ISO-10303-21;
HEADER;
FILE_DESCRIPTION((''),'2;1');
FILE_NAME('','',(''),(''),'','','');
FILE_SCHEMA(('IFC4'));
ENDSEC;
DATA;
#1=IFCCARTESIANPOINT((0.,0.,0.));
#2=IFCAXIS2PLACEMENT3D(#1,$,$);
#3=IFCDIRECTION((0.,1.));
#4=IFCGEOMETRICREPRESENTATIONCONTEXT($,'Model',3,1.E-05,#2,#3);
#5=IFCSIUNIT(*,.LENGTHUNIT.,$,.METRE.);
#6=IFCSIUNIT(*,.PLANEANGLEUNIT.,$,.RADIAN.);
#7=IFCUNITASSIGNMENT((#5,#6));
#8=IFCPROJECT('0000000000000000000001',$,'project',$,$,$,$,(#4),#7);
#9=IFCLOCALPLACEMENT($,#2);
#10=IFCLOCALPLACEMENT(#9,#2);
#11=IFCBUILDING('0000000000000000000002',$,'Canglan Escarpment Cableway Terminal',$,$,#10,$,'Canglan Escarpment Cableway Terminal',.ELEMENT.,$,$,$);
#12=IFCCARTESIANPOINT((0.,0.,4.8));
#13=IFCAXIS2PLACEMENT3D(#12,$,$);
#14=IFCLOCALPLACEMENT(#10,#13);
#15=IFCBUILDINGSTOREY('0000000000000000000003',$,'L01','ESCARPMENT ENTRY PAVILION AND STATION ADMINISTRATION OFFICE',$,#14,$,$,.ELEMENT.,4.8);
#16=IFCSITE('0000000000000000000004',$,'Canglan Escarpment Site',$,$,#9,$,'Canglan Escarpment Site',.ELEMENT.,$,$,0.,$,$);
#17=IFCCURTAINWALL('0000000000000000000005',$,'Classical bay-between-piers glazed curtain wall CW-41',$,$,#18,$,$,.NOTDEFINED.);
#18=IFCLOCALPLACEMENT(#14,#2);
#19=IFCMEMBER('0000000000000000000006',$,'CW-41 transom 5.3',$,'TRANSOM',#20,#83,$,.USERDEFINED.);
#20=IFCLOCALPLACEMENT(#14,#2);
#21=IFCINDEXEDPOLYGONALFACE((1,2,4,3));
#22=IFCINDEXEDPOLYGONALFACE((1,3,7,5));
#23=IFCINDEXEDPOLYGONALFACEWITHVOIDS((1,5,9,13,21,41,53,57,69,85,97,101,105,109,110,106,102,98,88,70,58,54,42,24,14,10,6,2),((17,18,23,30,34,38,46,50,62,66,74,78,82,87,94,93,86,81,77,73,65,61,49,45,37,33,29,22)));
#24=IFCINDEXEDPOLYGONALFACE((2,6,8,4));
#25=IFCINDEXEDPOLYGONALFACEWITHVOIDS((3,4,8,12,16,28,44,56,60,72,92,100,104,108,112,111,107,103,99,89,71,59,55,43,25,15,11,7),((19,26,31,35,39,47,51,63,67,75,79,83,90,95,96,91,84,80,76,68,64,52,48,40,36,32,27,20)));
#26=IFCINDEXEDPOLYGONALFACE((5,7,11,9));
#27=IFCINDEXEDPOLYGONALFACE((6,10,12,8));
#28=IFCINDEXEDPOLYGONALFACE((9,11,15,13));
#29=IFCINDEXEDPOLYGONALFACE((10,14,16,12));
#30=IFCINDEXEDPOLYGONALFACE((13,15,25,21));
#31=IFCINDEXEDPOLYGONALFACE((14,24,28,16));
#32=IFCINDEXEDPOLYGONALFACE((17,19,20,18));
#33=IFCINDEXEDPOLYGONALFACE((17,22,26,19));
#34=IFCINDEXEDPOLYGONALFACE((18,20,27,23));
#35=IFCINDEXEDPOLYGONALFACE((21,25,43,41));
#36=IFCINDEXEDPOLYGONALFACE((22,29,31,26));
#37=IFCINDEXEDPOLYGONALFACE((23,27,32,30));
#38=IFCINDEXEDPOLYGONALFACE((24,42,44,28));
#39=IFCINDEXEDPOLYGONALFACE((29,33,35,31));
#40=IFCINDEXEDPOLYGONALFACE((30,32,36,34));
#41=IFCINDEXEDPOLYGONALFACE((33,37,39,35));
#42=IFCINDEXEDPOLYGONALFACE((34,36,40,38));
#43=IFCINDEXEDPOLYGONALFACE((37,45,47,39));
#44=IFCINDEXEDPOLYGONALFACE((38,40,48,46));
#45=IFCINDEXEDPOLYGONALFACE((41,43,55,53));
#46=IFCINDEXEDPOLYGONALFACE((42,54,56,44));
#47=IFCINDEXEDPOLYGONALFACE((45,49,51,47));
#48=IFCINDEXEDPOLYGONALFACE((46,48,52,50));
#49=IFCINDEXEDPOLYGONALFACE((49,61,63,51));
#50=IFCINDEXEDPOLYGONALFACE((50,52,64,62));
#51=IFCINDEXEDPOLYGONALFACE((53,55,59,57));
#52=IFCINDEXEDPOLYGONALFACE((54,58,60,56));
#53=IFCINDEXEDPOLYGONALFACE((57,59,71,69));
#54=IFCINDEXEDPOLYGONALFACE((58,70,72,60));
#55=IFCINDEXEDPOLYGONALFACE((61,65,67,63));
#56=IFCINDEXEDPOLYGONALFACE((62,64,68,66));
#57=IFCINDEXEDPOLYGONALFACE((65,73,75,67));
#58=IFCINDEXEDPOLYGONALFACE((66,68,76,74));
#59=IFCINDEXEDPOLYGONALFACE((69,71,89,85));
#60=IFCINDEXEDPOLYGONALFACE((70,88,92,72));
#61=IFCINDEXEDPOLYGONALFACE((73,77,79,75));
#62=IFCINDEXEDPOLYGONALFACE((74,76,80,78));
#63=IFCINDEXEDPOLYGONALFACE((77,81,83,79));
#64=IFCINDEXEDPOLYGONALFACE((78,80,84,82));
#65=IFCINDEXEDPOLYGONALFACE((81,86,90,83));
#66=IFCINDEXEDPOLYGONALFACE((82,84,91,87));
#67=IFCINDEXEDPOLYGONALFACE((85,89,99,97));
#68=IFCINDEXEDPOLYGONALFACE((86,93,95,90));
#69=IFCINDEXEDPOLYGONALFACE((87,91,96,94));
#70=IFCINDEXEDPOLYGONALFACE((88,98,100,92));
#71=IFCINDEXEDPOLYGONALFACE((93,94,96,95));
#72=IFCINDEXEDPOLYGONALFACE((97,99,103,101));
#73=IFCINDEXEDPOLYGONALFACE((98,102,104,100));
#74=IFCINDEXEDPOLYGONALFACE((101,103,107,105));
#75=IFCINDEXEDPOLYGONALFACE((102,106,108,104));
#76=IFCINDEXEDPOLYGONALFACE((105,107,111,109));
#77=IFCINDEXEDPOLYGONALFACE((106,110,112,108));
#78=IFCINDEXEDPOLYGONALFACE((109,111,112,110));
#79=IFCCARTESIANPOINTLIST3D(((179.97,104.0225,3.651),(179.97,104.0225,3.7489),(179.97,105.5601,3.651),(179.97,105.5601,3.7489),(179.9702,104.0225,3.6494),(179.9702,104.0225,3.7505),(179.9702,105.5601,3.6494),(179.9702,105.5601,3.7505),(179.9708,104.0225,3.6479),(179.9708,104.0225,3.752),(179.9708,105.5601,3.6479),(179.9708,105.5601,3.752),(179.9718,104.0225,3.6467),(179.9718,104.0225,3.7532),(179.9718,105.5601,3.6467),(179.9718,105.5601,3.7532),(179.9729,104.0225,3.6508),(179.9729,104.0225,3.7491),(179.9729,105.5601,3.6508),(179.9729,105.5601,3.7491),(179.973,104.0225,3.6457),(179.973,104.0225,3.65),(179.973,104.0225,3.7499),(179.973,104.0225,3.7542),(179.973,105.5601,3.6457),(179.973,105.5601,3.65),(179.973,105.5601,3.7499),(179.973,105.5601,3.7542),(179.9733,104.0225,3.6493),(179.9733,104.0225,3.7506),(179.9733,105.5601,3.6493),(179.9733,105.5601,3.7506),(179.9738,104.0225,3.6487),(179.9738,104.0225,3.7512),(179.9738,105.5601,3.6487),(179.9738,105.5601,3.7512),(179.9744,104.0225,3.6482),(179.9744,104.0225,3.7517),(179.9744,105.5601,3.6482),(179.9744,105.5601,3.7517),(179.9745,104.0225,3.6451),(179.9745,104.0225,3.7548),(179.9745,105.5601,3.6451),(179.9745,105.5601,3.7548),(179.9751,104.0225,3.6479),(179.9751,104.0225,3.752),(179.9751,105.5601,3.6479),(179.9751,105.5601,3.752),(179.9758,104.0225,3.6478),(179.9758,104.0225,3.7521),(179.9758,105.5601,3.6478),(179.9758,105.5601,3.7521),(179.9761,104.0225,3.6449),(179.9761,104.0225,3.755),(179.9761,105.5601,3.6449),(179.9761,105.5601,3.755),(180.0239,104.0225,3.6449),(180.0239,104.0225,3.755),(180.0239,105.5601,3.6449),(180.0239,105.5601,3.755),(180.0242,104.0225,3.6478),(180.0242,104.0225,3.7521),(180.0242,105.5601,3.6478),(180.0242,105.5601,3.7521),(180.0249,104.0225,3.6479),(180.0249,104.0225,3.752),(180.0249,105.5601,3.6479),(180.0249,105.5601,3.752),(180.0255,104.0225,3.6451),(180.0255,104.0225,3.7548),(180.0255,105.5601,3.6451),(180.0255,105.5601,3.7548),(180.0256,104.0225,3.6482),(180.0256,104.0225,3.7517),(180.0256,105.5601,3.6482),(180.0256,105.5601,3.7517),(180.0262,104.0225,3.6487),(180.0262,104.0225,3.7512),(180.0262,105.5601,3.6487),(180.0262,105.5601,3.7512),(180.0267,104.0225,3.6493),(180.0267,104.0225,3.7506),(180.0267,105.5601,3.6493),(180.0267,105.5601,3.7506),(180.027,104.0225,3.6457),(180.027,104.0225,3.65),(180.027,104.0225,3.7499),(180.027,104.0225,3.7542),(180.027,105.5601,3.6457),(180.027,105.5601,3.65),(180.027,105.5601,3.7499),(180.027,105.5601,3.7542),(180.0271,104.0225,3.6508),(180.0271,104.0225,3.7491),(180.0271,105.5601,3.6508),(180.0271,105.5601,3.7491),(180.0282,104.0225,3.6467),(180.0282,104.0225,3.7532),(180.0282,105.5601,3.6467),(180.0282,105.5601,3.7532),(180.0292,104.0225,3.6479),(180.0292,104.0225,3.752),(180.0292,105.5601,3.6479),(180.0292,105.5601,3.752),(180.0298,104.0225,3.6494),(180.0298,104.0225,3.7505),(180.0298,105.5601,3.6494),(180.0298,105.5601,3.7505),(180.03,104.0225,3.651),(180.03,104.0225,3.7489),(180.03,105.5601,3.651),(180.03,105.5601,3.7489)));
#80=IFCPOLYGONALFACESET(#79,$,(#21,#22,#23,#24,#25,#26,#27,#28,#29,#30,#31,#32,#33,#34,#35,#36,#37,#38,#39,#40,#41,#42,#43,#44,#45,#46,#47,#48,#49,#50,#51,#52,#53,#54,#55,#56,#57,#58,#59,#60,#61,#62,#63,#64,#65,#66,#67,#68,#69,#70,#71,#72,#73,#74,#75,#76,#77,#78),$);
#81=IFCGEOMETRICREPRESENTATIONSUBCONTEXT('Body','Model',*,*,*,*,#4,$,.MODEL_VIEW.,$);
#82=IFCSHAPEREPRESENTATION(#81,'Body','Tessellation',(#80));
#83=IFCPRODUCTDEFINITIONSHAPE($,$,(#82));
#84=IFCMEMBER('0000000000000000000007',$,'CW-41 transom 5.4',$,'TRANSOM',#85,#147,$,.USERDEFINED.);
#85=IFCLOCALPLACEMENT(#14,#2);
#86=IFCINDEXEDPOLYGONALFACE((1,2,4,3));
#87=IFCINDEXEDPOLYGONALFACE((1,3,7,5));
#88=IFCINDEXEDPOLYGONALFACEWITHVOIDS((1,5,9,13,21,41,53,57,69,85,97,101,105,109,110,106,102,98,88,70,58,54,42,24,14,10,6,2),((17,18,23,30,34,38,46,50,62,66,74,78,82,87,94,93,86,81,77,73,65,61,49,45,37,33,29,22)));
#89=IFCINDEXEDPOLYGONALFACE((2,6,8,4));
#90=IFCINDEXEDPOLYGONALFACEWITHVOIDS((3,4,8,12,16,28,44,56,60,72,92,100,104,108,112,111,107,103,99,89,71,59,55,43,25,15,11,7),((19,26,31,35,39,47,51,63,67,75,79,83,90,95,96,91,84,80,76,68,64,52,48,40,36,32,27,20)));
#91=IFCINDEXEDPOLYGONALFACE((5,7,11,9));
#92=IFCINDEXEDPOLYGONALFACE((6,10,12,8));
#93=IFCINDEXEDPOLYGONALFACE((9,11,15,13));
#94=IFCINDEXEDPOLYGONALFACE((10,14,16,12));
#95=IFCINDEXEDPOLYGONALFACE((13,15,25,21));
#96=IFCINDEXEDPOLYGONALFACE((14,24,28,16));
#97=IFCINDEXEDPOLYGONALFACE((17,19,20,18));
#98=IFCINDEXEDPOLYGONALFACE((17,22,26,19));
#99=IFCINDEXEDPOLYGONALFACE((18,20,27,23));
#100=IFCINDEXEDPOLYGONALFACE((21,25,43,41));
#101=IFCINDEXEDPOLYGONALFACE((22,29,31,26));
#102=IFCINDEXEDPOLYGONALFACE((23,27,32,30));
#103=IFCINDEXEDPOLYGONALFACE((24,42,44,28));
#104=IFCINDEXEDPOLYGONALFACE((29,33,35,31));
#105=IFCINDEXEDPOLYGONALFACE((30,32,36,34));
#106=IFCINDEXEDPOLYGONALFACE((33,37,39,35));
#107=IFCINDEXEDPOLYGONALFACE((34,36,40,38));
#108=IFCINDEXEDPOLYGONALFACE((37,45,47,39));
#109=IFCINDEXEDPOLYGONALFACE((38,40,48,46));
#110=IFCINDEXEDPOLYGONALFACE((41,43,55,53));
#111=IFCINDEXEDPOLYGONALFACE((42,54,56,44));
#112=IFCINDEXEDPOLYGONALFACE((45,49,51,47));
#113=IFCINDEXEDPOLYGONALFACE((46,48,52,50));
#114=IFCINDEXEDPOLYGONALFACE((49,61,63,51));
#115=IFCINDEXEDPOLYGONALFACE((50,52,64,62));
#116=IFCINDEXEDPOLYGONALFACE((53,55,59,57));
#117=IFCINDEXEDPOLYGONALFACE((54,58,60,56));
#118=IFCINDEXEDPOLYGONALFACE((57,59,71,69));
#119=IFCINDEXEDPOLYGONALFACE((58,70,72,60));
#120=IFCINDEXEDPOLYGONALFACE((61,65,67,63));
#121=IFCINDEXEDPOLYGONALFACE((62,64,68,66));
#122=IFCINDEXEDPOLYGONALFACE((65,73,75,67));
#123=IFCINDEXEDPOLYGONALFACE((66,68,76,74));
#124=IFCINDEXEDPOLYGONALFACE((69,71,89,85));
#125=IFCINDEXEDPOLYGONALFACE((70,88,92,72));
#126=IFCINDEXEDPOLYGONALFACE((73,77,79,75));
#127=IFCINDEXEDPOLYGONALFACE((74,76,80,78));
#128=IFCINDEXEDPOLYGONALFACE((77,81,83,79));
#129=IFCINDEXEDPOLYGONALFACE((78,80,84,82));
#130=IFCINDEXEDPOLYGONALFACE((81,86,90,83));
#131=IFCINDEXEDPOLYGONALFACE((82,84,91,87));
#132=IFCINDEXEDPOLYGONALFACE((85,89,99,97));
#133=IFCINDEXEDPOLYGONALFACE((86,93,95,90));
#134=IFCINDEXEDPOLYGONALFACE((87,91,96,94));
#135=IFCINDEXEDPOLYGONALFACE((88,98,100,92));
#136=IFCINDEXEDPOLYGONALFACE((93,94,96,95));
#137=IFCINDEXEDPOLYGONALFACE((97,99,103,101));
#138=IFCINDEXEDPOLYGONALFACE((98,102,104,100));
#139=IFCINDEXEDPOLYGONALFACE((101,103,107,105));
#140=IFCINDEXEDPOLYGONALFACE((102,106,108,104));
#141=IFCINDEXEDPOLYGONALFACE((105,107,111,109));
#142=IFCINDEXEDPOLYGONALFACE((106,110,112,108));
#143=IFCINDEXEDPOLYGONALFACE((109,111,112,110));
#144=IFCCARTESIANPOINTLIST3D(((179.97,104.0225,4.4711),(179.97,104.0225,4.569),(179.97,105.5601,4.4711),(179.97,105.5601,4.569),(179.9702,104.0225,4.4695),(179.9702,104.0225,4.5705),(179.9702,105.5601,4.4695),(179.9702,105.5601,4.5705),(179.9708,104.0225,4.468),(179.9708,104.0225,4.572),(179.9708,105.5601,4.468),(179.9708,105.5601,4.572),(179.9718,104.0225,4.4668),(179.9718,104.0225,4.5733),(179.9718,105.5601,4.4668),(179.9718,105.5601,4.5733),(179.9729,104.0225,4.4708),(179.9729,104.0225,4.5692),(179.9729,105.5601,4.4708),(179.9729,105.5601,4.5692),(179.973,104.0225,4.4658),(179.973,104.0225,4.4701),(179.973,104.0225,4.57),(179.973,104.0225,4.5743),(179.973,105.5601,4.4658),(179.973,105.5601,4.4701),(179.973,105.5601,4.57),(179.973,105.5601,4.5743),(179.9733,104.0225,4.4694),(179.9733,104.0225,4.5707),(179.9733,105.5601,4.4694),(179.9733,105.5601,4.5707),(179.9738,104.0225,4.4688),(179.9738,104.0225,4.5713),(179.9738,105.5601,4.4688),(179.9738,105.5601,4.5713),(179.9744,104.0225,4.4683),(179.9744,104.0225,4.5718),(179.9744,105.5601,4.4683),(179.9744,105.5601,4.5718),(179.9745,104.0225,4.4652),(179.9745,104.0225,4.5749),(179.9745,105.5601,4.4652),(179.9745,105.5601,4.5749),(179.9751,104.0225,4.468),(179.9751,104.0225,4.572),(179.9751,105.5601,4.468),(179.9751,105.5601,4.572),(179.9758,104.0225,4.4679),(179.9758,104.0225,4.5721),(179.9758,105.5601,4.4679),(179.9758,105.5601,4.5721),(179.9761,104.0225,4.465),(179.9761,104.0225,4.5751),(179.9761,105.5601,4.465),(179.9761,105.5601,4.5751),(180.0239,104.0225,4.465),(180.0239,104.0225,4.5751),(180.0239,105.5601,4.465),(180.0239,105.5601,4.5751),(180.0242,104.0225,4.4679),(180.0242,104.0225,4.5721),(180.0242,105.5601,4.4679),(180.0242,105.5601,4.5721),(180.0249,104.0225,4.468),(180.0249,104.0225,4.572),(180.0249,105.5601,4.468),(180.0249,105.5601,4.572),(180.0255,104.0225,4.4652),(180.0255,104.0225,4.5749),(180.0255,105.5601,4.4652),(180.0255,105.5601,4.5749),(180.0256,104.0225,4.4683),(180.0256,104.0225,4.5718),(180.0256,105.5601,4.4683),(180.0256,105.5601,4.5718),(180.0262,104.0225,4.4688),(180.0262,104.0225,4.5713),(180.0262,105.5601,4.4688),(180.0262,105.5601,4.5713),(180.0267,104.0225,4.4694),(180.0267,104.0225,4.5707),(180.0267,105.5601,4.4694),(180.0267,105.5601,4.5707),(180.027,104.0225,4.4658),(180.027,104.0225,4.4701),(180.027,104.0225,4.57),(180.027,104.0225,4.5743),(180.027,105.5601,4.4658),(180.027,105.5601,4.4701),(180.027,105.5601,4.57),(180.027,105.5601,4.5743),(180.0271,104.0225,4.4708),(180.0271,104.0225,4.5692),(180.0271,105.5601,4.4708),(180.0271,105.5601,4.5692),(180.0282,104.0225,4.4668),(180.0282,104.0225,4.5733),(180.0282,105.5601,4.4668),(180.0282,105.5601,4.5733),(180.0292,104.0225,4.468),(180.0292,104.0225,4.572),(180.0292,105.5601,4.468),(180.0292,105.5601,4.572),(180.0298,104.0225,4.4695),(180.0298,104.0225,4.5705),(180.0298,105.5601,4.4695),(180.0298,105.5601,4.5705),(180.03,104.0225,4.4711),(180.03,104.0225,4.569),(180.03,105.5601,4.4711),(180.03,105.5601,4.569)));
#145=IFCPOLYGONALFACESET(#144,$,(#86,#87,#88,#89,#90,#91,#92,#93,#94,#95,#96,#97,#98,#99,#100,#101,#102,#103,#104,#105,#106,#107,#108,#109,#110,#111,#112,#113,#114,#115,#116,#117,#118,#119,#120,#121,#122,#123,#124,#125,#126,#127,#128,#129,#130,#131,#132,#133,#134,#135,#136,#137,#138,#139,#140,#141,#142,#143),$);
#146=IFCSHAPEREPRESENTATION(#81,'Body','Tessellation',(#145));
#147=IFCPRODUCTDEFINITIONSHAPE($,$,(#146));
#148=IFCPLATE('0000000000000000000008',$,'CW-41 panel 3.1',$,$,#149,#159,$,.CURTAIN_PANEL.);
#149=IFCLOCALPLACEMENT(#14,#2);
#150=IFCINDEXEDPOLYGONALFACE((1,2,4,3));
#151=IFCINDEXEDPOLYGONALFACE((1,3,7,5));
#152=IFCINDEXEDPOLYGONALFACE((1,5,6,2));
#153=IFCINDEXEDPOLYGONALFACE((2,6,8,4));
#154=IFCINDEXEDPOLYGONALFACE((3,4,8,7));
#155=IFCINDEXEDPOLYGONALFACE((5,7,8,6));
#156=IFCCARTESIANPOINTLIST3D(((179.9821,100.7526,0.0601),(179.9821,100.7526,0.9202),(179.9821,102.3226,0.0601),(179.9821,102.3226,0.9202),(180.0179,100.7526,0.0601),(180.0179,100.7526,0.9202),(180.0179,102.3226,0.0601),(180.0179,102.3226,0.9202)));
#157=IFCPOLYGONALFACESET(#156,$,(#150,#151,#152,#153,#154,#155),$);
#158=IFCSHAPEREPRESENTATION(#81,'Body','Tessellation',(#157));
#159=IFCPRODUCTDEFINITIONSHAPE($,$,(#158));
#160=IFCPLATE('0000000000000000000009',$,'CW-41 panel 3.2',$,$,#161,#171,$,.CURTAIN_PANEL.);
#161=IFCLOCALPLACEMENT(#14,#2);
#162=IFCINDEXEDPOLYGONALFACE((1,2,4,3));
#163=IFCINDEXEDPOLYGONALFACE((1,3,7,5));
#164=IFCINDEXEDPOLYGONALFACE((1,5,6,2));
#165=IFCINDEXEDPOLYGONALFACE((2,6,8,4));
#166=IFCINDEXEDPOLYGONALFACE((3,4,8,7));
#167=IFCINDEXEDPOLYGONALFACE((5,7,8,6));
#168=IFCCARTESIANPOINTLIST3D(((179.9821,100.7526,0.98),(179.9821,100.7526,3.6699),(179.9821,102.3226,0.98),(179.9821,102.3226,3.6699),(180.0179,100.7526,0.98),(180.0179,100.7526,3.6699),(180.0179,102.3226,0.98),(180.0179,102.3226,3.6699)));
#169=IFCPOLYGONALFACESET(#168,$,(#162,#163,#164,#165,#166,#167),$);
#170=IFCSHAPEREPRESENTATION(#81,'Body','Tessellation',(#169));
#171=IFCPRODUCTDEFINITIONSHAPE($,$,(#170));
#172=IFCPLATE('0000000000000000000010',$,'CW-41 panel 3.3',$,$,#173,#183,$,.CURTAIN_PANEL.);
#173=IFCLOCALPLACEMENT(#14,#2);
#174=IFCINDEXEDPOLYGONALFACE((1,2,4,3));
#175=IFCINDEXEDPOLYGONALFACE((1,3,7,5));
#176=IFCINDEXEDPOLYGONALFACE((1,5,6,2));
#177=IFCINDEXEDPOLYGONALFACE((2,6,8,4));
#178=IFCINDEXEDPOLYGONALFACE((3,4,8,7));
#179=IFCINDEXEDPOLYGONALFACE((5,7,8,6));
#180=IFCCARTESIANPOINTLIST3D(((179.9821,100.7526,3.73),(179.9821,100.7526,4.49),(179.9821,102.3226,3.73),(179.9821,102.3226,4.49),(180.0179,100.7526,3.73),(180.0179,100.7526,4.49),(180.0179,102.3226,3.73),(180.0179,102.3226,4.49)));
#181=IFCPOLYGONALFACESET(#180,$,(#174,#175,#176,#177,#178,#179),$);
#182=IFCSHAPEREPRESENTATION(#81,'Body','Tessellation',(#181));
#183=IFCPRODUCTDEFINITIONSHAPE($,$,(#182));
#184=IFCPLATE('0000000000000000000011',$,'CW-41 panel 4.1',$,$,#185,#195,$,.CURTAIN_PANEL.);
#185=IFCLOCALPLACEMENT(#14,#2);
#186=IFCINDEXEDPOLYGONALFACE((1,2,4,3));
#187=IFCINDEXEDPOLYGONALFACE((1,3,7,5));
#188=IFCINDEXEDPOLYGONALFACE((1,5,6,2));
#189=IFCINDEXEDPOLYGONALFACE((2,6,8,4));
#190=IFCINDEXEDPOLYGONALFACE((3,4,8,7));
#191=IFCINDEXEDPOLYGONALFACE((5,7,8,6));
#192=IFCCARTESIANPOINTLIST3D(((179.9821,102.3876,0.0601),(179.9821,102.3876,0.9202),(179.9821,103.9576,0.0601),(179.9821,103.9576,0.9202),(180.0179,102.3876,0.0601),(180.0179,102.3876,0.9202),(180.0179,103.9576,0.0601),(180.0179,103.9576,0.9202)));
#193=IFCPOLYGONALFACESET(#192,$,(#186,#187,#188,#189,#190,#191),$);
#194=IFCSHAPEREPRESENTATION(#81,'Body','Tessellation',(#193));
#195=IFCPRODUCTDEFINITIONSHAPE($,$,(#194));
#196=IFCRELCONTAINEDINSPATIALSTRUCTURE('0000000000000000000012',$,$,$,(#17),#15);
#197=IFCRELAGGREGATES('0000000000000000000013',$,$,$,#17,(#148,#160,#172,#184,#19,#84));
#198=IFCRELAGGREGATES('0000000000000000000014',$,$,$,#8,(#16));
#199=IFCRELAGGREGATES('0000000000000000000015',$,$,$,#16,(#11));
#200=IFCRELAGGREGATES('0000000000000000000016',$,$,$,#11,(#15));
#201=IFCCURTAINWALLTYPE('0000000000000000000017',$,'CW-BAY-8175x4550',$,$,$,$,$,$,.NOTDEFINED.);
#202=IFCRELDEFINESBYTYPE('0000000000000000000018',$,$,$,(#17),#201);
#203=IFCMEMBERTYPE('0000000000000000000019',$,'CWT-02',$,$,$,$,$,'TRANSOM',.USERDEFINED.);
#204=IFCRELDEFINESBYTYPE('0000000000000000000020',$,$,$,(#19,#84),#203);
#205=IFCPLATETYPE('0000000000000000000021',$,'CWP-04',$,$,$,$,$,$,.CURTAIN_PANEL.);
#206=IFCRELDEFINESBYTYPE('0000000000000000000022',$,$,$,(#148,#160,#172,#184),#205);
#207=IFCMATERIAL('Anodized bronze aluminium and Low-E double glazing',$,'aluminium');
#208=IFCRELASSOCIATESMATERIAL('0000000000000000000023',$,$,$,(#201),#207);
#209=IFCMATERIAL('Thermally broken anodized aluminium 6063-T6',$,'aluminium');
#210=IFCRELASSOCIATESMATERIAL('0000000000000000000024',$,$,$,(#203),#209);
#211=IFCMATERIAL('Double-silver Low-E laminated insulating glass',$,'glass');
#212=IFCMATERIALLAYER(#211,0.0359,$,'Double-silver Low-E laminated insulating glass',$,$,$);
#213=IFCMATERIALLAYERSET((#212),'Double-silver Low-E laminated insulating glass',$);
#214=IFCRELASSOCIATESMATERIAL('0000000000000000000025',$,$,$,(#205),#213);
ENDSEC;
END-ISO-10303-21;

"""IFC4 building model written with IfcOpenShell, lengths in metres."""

from ifc_helpers import new_model, si_unit, direction, frame, origin, origin_2d, place, context, subcontext, project, spatial, rectangle, hollow_rectangle, extrude, material, layer, layer_set, material_profile, profile_set, type_object, element, aggregate, save


model = new_model("IFC4")

# Units and contexts
model_context = context("Model", 3, precision=1e-05, world=origin(), true_north=direction((0.0, 1.0)))
body_context = subcontext(model_context, "Body", "Model", "MODEL_VIEW")
ifc_project = project(units=[si_unit("LENGTHUNIT", "METRE"), si_unit("PLANEANGLEUNIT", "RADIAN")], contexts=[model_context])

# Site, building, storey
site_placement = place(None, origin())
site = spatial("IfcSite", under=ifc_project, at=site_placement, Name="Canglan Escarpment Site", LongName="Canglan Escarpment Site", CompositionType="ELEMENT", RefElevation=0.0)
building_placement = place(site_placement, origin())
building = spatial("IfcBuilding", under=site, at=building_placement, Name="Canglan Escarpment Cableway Terminal", LongName="Canglan Escarpment Cableway Terminal", CompositionType="ELEMENT")
storey_placement = place(building_placement, frame((0.0, 0.0, 4.8)))
storey = spatial("IfcBuildingStorey", under=building, at=storey_placement, Name="L01", Description="ESCARPMENT ENTRY PAVILION AND STATION ADMINISTRATION OFFICE", CompositionType="ELEMENT", Elevation=4.8)

# Curtain wall, members, plates
ifc_material_1 = material(Name="Anodized bronze aluminium and Low-E double glazing", Category="aluminium")
curtain_wall_type = type_object("IfcCurtainWallType", Name="CW-BAY-8175x4550", PredefinedType="NOTDEFINED", material=ifc_material_1)
curtain_wall_placement = place(storey_placement, origin())
curtain_wall = element("IfcCurtainWall", 1, at=curtain_wall_placement, inside=storey, type_object=curtain_wall_type, Name="Classical bay-between-piers glazed curtain wall CW-41", PredefinedType="NOTDEFINED")
ifc_material_2 = material(Name="Thermally broken anodized aluminium 6063-T6", Category="aluminium")
ifc_material_profile_1 = material_profile(ifc_material_2, hollow_rectangle(XDim=0.0601, YDim=0.1101, WallThickness=0.0029, InnerFilletRadius=0.0029, OuterFilletRadius=0.0061, at=origin_2d()), Name="ALU-TRAN 60x110x3")
ifc_profile_set_1 = profile_set([ifc_material_profile_1], Name="Thermally broken anodized aluminium 6063-T6")
member_type_1 = type_object("IfcMemberType", Name="CWT-02", ElementType="TRANSOM", PredefinedType="USERDEFINED", material=ifc_profile_set_1)
member_1_placement = place(storey_placement, frame((180.0, 104.0225, 3.7), z_axis=(0.0, 1.0, 0.0), x_axis=(-1.0, 0.0, 0.0)))
member_1 = element("IfcMember", 2, at=member_1_placement, type_object=member_type_1, Name="CW-41 transom 5.3", ObjectType="TRANSOM", PredefinedType="USERDEFINED", context=body_context, shape_type="SweptSolid", body=[
    extrude(hollow_rectangle(XDim=0.0601, YDim=0.1101, WallThickness=0.0029, InnerFilletRadius=0.0029, OuterFilletRadius=0.0061, at=origin_2d()), origin(), (0.0, 0.0, 1.0), 1.5376),
])
member_2_placement = place(storey_placement, frame((180.0, 104.0225, 4.52), z_axis=(0.0, 1.0, 0.0), x_axis=(-1.0, 0.0, 0.0)))
member_2 = element("IfcMember", 3, at=member_2_placement, type_object=member_type_1, Name="CW-41 transom 5.4", ObjectType="TRANSOM", PredefinedType="USERDEFINED", context=body_context, shape_type="SweptSolid", body=[
    extrude(hollow_rectangle(XDim=0.0601, YDim=0.1101, WallThickness=0.0029, InnerFilletRadius=0.0029, OuterFilletRadius=0.0061, at=origin_2d()), origin(), (0.0, 0.0, 1.0), 1.5376),
])
ifc_material_3 = material(Name="Double-silver Low-E laminated insulating glass", Category="glass")
ifc_layer = layer(ifc_material_3, 0.0359, Name="Double-silver Low-E laminated insulating glass")
ifc_layer_set = layer_set([ifc_layer], Name="Double-silver Low-E laminated insulating glass")
plate_type = type_object("IfcPlateType", Name="CWP-04", PredefinedType="CURTAIN_PANEL", material=ifc_layer_set)
plate_1_placement = place(storey_placement, frame((180.0, 101.5376, 0.0601), z_axis=(0.0, 0.0, 1.0), x_axis=(0.0, 1.0, 0.0)))
plate_1 = element("IfcPlate", 4, at=plate_1_placement, type_object=plate_type, Name="CW-41 panel 3.1", PredefinedType="CURTAIN_PANEL", context=body_context, shape_type="SweptSolid", body=[
    extrude(rectangle(XDim=1.5701, YDim=0.0359, at=origin_2d()), origin(), (0.0, 0.0, 1.0), 0.8601),
])
plate_2_placement = place(storey_placement, frame((180.0, 101.5376, 0.98), z_axis=(0.0, 0.0, 1.0), x_axis=(0.0, 1.0, 0.0)))
plate_2 = element("IfcPlate", 5, at=plate_2_placement, type_object=plate_type, Name="CW-41 panel 3.2", PredefinedType="CURTAIN_PANEL", context=body_context, shape_type="SweptSolid", body=[
    extrude(rectangle(XDim=1.5701, YDim=0.0359, at=origin_2d()), origin(), (0.0, 0.0, 1.0), 2.6899),
])
plate_3_placement = place(storey_placement, frame((180.0, 101.5376, 3.73), z_axis=(0.0, 0.0, 1.0), x_axis=(0.0, 1.0, 0.0)))
plate_3 = element("IfcPlate", 6, at=plate_3_placement, type_object=plate_type, Name="CW-41 panel 3.3", PredefinedType="CURTAIN_PANEL", context=body_context, shape_type="SweptSolid", body=[
    extrude(rectangle(XDim=1.5701, YDim=0.0359, at=origin_2d()), origin(), (0.0, 0.0, 1.0), 0.76),
])
plate_4_placement = place(storey_placement, frame((180.0, 103.1726, 0.0601), z_axis=(0.0, 0.0, 1.0), x_axis=(0.0, 1.0, 0.0)))
plate_4 = element("IfcPlate", 7, at=plate_4_placement, type_object=plate_type, Name="CW-41 panel 4.1", PredefinedType="CURTAIN_PANEL", context=body_context, shape_type="SweptSolid", body=[
    extrude(rectangle(XDim=1.5701, YDim=0.0359, at=origin_2d()), origin(), (0.0, 0.0, 1.0), 0.8601),
])
aggregate(curtain_wall, [plate_1, plate_2, plate_3, plate_4, member_1, member_2])

save(model, "model.ifc")
